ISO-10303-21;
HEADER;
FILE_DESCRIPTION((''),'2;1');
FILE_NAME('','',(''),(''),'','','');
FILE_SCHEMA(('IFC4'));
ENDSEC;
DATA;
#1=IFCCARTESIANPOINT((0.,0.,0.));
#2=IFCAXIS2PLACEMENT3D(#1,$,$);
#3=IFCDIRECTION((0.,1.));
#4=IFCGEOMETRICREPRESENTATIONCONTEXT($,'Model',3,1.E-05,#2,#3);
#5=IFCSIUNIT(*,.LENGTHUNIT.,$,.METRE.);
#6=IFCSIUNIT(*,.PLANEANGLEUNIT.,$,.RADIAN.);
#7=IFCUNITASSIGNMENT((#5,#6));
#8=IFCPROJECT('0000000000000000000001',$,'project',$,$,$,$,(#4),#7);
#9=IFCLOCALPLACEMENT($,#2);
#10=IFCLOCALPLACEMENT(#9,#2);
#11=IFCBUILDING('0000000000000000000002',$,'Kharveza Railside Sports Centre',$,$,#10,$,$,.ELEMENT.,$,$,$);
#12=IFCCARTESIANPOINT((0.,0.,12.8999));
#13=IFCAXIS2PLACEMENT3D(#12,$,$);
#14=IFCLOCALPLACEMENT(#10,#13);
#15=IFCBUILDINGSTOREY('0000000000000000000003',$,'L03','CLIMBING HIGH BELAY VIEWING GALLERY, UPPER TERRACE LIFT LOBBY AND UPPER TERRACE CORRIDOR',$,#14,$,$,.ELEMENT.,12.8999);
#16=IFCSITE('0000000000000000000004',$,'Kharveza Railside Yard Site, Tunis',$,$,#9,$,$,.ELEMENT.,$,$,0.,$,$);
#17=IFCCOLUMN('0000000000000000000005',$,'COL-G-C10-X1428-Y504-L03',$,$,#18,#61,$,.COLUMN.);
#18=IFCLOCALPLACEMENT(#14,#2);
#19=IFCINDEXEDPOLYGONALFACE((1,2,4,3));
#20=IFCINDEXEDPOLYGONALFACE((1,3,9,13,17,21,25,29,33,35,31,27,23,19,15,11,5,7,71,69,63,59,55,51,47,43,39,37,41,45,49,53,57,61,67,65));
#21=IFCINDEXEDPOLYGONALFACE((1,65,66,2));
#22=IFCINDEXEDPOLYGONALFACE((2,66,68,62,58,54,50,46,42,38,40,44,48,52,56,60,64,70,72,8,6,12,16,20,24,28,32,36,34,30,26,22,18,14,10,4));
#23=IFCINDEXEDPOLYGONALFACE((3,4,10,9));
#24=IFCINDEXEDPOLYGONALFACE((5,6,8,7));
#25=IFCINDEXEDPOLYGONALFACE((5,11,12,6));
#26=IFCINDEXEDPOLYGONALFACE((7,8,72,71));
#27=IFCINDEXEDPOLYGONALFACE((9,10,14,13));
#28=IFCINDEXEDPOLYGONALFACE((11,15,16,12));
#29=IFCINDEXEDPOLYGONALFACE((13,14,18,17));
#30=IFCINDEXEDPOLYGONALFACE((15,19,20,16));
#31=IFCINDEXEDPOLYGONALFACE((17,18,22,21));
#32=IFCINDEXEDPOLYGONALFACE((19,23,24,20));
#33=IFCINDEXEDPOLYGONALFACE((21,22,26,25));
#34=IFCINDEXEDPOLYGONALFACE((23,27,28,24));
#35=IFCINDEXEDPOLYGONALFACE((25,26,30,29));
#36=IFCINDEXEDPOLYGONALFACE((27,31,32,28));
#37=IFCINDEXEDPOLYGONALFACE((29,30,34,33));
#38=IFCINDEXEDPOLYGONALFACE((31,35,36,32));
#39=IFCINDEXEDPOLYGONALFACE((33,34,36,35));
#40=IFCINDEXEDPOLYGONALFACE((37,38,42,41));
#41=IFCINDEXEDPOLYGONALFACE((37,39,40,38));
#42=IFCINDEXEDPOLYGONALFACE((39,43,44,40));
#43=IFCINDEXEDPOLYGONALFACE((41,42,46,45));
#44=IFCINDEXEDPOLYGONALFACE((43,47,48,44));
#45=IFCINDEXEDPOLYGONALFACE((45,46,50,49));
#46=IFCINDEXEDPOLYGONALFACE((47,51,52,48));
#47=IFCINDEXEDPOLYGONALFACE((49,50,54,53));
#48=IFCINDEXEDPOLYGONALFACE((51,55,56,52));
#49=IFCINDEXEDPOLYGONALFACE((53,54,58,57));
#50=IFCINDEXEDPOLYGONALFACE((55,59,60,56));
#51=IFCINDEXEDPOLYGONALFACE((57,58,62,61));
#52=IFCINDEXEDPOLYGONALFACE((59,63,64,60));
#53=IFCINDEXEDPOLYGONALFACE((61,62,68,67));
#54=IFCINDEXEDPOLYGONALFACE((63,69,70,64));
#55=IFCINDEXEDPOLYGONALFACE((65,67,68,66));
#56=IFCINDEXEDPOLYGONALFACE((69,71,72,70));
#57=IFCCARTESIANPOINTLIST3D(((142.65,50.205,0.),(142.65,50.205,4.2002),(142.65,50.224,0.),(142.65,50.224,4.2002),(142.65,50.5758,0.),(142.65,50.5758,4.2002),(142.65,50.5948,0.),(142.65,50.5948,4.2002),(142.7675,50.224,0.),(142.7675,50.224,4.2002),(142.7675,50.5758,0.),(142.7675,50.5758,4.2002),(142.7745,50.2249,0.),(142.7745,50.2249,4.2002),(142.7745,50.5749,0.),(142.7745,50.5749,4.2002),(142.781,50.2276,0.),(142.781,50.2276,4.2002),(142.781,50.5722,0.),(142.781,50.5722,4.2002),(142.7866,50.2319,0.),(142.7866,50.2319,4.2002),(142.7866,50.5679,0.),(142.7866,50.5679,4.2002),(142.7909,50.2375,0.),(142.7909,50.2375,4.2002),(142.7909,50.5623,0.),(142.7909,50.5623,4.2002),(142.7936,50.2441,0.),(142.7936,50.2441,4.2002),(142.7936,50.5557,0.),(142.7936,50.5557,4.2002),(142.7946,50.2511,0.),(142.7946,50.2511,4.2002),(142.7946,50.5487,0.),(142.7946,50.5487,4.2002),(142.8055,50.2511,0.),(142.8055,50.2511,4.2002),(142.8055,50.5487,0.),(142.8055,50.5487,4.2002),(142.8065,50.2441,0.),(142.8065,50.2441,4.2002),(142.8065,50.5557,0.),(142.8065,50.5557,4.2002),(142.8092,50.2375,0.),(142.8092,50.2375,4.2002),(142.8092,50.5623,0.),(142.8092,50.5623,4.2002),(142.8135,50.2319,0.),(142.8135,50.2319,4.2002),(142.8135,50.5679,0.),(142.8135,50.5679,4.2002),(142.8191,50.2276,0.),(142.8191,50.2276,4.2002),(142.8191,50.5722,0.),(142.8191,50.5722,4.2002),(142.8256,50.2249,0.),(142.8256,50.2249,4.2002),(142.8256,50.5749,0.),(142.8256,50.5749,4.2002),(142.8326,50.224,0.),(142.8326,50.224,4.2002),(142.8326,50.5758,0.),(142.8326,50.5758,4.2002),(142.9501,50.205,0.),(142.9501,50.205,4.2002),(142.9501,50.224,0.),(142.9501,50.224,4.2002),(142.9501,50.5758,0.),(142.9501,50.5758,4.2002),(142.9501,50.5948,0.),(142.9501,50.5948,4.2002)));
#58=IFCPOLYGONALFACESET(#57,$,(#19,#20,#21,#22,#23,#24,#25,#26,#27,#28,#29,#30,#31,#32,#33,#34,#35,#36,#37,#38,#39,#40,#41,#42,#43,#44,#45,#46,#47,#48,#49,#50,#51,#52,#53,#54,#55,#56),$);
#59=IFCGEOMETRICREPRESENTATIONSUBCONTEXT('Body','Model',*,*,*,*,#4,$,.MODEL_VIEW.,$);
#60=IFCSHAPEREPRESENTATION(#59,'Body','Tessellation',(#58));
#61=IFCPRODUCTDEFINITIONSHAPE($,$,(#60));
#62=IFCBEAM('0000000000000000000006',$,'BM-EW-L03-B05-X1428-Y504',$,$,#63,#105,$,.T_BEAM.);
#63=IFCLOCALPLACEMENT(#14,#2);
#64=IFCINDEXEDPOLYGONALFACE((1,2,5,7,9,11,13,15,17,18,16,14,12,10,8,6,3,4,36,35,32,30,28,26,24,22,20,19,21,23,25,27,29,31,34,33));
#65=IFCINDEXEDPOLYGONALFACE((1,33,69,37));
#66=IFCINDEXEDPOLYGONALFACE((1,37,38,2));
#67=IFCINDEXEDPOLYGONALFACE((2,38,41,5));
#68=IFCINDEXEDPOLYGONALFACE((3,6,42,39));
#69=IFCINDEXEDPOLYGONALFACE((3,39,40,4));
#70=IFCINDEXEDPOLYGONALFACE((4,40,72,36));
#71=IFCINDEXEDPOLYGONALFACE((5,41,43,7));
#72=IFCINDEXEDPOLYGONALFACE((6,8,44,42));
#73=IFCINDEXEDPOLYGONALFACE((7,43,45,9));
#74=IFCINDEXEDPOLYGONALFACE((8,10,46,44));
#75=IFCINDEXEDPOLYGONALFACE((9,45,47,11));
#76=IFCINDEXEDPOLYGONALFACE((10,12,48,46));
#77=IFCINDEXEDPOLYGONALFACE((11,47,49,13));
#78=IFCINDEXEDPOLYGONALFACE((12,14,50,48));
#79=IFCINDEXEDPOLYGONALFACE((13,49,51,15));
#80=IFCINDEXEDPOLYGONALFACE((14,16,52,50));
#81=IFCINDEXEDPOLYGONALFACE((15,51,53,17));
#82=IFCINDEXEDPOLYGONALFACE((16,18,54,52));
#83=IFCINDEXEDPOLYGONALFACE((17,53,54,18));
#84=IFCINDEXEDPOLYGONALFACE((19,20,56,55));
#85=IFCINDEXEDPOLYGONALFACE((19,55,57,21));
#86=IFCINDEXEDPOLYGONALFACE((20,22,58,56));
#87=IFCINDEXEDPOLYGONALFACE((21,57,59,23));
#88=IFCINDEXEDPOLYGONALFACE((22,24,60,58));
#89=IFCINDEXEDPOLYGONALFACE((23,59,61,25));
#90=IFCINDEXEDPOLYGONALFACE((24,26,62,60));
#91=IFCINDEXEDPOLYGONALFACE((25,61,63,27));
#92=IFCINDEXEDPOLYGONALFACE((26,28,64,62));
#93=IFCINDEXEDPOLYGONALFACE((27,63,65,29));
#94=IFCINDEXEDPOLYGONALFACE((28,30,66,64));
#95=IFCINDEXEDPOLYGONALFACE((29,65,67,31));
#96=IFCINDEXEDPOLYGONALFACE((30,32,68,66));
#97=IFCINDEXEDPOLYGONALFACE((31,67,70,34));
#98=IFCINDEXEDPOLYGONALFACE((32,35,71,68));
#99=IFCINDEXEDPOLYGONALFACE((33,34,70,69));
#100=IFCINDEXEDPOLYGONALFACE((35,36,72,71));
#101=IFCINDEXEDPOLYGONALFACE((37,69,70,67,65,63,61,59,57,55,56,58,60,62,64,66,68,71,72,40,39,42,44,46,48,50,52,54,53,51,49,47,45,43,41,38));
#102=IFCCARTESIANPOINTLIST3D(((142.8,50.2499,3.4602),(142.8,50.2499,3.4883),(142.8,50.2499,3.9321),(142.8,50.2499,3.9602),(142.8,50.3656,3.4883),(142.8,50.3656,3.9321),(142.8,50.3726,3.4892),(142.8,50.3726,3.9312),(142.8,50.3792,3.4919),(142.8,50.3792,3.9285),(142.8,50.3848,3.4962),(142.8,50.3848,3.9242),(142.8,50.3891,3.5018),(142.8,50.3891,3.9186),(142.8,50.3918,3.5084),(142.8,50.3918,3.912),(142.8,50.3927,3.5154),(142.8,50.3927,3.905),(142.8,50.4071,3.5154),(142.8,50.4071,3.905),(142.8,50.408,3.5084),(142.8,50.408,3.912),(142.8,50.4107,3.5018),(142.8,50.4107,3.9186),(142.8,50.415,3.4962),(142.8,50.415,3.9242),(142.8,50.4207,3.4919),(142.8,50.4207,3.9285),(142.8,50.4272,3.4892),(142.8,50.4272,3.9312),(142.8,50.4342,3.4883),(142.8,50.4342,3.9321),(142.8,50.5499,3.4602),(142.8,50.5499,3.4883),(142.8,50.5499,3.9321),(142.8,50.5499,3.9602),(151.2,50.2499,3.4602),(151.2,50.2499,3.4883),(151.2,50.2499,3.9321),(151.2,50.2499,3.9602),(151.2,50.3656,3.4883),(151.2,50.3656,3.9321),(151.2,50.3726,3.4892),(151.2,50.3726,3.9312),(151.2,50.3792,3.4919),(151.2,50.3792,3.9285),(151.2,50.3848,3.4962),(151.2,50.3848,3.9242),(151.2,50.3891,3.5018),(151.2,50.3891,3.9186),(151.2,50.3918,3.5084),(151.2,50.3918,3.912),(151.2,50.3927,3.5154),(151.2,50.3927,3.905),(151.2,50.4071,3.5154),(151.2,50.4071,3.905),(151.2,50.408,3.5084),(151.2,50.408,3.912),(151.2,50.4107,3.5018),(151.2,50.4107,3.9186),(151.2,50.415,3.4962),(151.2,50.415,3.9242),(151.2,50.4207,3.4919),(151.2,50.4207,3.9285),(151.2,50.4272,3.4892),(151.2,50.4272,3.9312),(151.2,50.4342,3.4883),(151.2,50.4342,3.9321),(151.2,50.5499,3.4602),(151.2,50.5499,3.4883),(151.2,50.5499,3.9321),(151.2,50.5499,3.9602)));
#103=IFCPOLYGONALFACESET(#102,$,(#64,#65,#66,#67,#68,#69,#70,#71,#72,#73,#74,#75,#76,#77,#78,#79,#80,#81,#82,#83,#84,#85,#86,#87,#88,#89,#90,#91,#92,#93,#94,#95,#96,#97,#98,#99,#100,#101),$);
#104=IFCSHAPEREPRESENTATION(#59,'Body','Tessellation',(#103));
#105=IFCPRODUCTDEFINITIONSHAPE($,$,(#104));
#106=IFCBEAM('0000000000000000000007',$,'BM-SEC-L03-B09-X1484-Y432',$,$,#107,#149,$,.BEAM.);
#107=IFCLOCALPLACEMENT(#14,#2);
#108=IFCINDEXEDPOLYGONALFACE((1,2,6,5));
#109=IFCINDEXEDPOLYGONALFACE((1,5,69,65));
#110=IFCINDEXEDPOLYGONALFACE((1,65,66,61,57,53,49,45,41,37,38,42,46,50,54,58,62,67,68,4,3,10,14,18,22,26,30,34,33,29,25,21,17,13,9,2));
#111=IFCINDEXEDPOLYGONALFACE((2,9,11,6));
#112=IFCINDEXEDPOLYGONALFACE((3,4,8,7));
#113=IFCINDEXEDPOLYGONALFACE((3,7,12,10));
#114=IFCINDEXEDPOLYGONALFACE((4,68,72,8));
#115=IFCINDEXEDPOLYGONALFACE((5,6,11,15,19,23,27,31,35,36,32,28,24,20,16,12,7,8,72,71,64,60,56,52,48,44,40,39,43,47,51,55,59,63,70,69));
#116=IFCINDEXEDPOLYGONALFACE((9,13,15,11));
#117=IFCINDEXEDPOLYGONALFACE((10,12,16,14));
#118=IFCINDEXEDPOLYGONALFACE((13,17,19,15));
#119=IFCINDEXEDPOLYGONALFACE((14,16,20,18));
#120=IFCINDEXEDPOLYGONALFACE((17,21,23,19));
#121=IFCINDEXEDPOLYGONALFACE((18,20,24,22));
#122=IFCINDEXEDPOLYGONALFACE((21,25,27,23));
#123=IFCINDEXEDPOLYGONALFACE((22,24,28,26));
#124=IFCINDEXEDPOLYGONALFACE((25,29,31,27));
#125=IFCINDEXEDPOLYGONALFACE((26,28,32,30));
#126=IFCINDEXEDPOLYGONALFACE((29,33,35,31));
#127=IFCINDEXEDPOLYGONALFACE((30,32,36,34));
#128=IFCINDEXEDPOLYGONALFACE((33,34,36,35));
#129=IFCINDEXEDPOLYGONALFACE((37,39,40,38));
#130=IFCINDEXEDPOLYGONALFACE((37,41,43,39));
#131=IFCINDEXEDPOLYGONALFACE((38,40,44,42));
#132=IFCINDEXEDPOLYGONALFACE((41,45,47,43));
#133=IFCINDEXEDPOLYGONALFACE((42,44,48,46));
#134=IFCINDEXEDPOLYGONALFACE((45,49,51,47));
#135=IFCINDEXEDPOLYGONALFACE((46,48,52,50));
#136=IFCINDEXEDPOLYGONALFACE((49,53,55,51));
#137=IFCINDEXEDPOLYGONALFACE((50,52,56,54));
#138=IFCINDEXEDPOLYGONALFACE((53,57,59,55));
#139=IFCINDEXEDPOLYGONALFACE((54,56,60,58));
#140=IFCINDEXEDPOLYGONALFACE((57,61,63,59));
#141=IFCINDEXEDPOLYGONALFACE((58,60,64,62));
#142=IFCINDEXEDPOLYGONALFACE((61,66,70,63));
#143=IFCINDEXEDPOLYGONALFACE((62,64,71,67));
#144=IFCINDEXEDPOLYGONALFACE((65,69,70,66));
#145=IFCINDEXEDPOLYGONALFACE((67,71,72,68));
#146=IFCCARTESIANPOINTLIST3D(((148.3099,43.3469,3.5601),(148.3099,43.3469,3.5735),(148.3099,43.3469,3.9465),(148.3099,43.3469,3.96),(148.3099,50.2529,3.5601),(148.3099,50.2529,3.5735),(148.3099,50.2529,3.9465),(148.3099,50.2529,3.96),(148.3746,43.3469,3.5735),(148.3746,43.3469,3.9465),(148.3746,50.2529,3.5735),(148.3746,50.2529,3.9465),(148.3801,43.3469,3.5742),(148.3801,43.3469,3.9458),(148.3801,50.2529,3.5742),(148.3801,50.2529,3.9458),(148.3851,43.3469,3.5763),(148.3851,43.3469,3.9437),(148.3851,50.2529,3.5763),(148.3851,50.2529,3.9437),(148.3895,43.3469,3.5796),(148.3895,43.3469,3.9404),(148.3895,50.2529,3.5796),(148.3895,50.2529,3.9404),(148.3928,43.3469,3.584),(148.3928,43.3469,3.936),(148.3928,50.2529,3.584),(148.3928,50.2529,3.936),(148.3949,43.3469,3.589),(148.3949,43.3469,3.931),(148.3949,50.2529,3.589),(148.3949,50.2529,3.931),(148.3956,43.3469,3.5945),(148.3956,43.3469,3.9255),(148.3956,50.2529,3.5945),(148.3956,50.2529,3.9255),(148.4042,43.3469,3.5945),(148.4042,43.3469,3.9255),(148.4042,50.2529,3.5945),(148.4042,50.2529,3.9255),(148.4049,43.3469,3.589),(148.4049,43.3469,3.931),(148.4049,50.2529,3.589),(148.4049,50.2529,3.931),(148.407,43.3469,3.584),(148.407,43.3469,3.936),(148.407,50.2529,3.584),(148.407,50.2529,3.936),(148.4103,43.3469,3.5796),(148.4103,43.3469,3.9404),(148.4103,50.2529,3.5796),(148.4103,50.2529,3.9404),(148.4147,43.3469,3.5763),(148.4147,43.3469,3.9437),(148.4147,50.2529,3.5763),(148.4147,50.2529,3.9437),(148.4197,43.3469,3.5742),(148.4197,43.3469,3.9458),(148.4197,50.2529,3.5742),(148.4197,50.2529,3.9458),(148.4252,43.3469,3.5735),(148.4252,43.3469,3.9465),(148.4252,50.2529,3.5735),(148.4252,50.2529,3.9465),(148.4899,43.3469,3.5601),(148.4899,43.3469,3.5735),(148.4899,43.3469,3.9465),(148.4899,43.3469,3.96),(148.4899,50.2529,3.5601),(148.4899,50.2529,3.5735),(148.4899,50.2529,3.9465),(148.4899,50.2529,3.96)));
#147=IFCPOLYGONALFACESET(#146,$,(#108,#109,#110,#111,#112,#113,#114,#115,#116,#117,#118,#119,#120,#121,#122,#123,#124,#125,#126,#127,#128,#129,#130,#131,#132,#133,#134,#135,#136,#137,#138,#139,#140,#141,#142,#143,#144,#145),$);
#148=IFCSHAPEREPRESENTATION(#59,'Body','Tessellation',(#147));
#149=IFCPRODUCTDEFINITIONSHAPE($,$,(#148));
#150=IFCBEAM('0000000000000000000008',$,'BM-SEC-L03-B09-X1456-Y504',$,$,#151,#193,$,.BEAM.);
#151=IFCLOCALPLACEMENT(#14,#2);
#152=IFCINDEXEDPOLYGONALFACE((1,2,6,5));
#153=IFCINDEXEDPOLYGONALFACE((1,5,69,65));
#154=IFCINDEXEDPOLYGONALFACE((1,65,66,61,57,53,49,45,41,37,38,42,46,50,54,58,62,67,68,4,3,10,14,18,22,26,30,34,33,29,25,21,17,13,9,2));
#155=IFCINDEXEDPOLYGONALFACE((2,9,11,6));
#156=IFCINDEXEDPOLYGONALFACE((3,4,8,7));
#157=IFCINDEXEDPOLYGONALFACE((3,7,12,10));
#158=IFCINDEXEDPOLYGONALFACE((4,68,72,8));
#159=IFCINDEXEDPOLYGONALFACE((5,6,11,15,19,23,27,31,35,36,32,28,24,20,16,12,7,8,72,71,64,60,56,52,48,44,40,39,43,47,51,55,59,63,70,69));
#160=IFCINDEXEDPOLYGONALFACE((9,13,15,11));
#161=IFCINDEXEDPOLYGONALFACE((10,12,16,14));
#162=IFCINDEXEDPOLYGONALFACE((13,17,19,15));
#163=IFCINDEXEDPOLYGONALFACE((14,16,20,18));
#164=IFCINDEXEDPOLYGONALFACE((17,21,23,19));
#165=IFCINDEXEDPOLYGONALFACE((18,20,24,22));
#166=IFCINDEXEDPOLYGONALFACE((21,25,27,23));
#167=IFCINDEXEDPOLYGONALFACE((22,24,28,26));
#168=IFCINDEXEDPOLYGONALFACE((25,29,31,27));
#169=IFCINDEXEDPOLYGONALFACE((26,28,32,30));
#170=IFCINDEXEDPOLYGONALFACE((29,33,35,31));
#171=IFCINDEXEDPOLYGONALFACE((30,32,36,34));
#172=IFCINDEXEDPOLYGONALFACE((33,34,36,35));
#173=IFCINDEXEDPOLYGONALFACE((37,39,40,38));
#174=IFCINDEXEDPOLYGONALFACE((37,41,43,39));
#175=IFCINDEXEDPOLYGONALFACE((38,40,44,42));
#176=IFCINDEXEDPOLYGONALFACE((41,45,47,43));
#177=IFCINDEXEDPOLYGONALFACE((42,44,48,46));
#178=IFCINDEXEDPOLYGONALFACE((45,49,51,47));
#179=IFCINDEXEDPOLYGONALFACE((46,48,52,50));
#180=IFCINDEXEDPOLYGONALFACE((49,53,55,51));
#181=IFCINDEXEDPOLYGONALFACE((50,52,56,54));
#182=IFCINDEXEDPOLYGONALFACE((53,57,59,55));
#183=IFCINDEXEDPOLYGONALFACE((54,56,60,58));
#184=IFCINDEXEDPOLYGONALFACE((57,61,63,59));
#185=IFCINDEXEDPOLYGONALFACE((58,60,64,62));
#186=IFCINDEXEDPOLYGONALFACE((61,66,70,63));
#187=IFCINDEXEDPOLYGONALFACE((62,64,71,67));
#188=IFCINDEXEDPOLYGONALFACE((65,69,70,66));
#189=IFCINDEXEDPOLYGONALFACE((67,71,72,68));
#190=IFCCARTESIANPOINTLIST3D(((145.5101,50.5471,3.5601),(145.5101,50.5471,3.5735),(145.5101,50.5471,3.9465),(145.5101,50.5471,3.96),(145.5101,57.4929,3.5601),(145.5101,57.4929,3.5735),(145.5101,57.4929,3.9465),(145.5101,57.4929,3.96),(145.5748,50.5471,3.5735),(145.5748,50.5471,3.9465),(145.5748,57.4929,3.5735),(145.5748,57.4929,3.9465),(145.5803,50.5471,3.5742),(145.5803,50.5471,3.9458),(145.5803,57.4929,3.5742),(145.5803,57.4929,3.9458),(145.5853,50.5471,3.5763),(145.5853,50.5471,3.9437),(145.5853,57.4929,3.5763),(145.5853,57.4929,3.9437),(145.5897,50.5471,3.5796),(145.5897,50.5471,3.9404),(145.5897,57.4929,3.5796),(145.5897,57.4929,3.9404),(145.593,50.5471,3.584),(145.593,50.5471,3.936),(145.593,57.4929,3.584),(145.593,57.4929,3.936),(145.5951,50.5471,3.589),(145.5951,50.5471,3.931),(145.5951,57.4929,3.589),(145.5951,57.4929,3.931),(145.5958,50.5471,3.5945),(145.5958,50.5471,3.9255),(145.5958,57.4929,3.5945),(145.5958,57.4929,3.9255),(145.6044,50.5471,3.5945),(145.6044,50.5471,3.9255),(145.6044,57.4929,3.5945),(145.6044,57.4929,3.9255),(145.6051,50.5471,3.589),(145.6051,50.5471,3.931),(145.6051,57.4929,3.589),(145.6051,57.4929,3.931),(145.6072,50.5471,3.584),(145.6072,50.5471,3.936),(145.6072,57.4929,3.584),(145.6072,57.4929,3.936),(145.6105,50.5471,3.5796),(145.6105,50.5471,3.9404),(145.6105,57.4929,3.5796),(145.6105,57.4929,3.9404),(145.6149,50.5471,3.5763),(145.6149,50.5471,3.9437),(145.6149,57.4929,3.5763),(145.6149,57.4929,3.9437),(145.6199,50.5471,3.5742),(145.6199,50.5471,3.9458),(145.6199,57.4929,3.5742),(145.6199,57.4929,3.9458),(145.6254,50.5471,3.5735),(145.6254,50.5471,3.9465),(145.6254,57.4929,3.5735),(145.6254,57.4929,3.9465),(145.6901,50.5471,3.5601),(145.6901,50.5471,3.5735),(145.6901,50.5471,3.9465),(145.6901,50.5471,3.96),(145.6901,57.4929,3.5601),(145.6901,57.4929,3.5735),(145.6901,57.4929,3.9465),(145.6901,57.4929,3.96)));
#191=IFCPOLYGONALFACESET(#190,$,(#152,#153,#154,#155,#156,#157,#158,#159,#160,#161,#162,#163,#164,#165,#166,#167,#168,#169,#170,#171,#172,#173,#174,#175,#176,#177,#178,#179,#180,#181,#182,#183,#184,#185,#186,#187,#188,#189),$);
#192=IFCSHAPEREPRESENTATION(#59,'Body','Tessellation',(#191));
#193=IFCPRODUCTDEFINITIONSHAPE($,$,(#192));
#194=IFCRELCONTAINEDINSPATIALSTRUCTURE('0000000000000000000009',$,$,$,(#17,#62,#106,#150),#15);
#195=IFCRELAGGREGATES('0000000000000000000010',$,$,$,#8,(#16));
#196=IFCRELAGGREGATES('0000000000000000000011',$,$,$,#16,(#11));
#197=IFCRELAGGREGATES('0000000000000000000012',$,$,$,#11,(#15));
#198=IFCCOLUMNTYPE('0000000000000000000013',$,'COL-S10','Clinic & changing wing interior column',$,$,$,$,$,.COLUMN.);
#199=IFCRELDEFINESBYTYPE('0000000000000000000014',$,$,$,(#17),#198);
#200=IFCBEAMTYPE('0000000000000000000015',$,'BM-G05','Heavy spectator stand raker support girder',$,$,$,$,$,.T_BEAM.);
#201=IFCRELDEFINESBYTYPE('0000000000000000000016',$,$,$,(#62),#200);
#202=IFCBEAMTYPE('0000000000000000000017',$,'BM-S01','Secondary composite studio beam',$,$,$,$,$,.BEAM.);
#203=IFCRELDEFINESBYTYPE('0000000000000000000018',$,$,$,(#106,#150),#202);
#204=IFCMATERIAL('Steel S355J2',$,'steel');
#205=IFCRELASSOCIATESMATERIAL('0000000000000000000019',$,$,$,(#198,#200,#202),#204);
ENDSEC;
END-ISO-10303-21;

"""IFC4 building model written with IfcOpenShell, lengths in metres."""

from ifc_helpers import new_model, si_unit, direction, frame, origin, origin_2d, place, context, subcontext, project, spatial, i_section, extrude, material, material_profile, profile_set, type_object, element, save


model = new_model("IFC4")

# Units and contexts
model_context = context("Model", 3, precision=1e-05, world=origin(), true_north=direction((0.0, 1.0)))
body_context = subcontext(model_context, "Body", "Model", "MODEL_VIEW")
ifc_project = project(units=[si_unit("LENGTHUNIT", "METRE"), si_unit("PLANEANGLEUNIT", "RADIAN")], contexts=[model_context])

# Site, building, storey
site_placement = place(None, origin())
site = spatial("IfcSite", under=ifc_project, at=site_placement, Name="Kharveza Railside Yard Site, Tunis", CompositionType="ELEMENT", RefElevation=0.0)
building_placement = place(site_placement, origin())
building = spatial("IfcBuilding", under=site, at=building_placement, Name="Kharveza Railside Sports Centre", CompositionType="ELEMENT")
storey_placement = place(building_placement, frame((0.0, 0.0, 12.8999)))
storey = spatial("IfcBuildingStorey", under=building, at=storey_placement, Name="L03", Description="CLIMBING HIGH BELAY VIEWING GALLERY, UPPER TERRACE LIFT LOBBY AND UPPER TERRACE CORRIDOR", CompositionType="ELEMENT", Elevation=12.8999)

# Column
ifc_material_1 = material(Name="Steel S355J2", Category="steel")
ifc_material_profile_1 = material_profile(ifc_material_1, i_section(OverallWidth=0.3, OverallDepth=0.3899, WebThickness=0.011, FlangeThickness=0.019, FilletRadius=0.0271, at=origin_2d()), Name="HEA 400")
ifc_profile_set_1 = profile_set([ifc_material_profile_1], Name="Steel S355J2")
column_type = type_object("IfcColumnType", Name="COL-S10", Description="Clinic & changing wing interior column", PredefinedType="COLUMN", material=ifc_profile_set_1)
column_placement = place(storey_placement, frame((142.8, 50.3999, 0.0), z_axis=(0.0, 0.0, 1.0), x_axis=(1.0, 0.0, 0.0)))
element("IfcColumn", 1, at=column_placement, inside=storey, type_object=column_type, Name="COL-G-C10-X1428-Y504-L03", PredefinedType="COLUMN", context=body_context, shape_type="SweptSolid", body=[
    extrude(i_section(OverallWidth=0.3, OverallDepth=0.3899, WebThickness=0.011, FlangeThickness=0.019, FilletRadius=0.0271, at=origin_2d()), origin(), (0.0, 0.0, 1.0), 4.2002),
])

# Beams
ifc_material_profile_2 = material_profile(ifc_material_1, i_section(OverallWidth=0.3, OverallDepth=0.5, WebThickness=0.0144, FlangeThickness=0.0281, FilletRadius=0.0271, at=origin_2d()), Name="HEB 500")
ifc_profile_set_2 = profile_set([ifc_material_profile_2], Name="Steel S355J2")
beam_type_1 = type_object("IfcBeamType", Name="BM-G05", Description="Heavy spectator stand raker support girder", PredefinedType="T_BEAM", material=ifc_profile_set_2)
beam_1_placement = place(storey_placement, frame((142.8, 50.3999, 3.7102), z_axis=(1.0, 0.0, 0.0), x_axis=(0.0, 1.0, 0.0)))
element("IfcBeam", 2, at=beam_1_placement, inside=storey, type_object=beam_type_1, Name="BM-EW-L03-B05-X1428-Y504", PredefinedType="T_BEAM", context=body_context, shape_type="SweptSolid", body=[
    extrude(i_section(OverallWidth=0.3, OverallDepth=0.5, WebThickness=0.0144, FlangeThickness=0.0281, FilletRadius=0.0271, at=origin_2d()), origin(), (0.0, 0.0, 1.0), 8.3999),
])
ifc_material_profile_3 = material_profile(ifc_material_1, i_section(OverallWidth=0.1799, OverallDepth=0.3999, WebThickness=0.0085, FlangeThickness=0.0134, FilletRadius=0.021, at=origin_2d()), Name="IPE 400")
ifc_profile_set_3 = profile_set([ifc_material_profile_3], Name="Steel S355J2")
beam_type_2 = type_object("IfcBeamType", Name="BM-S01", Description="Secondary composite studio beam", PredefinedType="BEAM", material=ifc_profile_set_3)
beam_2_placement = place(storey_placement, frame((148.3999, 43.3469, 3.76), z_axis=(0.0, 1.0, 0.0), x_axis=(-1.0, 0.0, 0.0)))
element("IfcBeam", 3, at=beam_2_placement, inside=storey, type_object=beam_type_2, Name="BM-SEC-L03-B09-X1484-Y432", PredefinedType="BEAM", context=body_context, shape_type="SweptSolid", body=[
    extrude(i_section(OverallWidth=0.1799, OverallDepth=0.3999, WebThickness=0.0085, FlangeThickness=0.0134, FilletRadius=0.021, at=origin_2d()), origin(), (0.0, 0.0, 1.0), 6.906),
])
beam_3_placement = place(storey_placement, frame((145.6001, 50.5471, 3.76), z_axis=(0.0, 1.0, 0.0), x_axis=(-1.0, 0.0, 0.0)))
element("IfcBeam", 4, at=beam_3_placement, inside=storey, type_object=beam_type_2, Name="BM-SEC-L03-B09-X1456-Y504", PredefinedType="BEAM", context=body_context, shape_type="SweptSolid", body=[
    extrude(i_section(OverallWidth=0.1799, OverallDepth=0.3999, WebThickness=0.0085, FlangeThickness=0.0134, FilletRadius=0.021, at=origin_2d()), origin(), (0.0, 0.0, 1.0), 6.9458),
])

save(model, "model.ifc")
